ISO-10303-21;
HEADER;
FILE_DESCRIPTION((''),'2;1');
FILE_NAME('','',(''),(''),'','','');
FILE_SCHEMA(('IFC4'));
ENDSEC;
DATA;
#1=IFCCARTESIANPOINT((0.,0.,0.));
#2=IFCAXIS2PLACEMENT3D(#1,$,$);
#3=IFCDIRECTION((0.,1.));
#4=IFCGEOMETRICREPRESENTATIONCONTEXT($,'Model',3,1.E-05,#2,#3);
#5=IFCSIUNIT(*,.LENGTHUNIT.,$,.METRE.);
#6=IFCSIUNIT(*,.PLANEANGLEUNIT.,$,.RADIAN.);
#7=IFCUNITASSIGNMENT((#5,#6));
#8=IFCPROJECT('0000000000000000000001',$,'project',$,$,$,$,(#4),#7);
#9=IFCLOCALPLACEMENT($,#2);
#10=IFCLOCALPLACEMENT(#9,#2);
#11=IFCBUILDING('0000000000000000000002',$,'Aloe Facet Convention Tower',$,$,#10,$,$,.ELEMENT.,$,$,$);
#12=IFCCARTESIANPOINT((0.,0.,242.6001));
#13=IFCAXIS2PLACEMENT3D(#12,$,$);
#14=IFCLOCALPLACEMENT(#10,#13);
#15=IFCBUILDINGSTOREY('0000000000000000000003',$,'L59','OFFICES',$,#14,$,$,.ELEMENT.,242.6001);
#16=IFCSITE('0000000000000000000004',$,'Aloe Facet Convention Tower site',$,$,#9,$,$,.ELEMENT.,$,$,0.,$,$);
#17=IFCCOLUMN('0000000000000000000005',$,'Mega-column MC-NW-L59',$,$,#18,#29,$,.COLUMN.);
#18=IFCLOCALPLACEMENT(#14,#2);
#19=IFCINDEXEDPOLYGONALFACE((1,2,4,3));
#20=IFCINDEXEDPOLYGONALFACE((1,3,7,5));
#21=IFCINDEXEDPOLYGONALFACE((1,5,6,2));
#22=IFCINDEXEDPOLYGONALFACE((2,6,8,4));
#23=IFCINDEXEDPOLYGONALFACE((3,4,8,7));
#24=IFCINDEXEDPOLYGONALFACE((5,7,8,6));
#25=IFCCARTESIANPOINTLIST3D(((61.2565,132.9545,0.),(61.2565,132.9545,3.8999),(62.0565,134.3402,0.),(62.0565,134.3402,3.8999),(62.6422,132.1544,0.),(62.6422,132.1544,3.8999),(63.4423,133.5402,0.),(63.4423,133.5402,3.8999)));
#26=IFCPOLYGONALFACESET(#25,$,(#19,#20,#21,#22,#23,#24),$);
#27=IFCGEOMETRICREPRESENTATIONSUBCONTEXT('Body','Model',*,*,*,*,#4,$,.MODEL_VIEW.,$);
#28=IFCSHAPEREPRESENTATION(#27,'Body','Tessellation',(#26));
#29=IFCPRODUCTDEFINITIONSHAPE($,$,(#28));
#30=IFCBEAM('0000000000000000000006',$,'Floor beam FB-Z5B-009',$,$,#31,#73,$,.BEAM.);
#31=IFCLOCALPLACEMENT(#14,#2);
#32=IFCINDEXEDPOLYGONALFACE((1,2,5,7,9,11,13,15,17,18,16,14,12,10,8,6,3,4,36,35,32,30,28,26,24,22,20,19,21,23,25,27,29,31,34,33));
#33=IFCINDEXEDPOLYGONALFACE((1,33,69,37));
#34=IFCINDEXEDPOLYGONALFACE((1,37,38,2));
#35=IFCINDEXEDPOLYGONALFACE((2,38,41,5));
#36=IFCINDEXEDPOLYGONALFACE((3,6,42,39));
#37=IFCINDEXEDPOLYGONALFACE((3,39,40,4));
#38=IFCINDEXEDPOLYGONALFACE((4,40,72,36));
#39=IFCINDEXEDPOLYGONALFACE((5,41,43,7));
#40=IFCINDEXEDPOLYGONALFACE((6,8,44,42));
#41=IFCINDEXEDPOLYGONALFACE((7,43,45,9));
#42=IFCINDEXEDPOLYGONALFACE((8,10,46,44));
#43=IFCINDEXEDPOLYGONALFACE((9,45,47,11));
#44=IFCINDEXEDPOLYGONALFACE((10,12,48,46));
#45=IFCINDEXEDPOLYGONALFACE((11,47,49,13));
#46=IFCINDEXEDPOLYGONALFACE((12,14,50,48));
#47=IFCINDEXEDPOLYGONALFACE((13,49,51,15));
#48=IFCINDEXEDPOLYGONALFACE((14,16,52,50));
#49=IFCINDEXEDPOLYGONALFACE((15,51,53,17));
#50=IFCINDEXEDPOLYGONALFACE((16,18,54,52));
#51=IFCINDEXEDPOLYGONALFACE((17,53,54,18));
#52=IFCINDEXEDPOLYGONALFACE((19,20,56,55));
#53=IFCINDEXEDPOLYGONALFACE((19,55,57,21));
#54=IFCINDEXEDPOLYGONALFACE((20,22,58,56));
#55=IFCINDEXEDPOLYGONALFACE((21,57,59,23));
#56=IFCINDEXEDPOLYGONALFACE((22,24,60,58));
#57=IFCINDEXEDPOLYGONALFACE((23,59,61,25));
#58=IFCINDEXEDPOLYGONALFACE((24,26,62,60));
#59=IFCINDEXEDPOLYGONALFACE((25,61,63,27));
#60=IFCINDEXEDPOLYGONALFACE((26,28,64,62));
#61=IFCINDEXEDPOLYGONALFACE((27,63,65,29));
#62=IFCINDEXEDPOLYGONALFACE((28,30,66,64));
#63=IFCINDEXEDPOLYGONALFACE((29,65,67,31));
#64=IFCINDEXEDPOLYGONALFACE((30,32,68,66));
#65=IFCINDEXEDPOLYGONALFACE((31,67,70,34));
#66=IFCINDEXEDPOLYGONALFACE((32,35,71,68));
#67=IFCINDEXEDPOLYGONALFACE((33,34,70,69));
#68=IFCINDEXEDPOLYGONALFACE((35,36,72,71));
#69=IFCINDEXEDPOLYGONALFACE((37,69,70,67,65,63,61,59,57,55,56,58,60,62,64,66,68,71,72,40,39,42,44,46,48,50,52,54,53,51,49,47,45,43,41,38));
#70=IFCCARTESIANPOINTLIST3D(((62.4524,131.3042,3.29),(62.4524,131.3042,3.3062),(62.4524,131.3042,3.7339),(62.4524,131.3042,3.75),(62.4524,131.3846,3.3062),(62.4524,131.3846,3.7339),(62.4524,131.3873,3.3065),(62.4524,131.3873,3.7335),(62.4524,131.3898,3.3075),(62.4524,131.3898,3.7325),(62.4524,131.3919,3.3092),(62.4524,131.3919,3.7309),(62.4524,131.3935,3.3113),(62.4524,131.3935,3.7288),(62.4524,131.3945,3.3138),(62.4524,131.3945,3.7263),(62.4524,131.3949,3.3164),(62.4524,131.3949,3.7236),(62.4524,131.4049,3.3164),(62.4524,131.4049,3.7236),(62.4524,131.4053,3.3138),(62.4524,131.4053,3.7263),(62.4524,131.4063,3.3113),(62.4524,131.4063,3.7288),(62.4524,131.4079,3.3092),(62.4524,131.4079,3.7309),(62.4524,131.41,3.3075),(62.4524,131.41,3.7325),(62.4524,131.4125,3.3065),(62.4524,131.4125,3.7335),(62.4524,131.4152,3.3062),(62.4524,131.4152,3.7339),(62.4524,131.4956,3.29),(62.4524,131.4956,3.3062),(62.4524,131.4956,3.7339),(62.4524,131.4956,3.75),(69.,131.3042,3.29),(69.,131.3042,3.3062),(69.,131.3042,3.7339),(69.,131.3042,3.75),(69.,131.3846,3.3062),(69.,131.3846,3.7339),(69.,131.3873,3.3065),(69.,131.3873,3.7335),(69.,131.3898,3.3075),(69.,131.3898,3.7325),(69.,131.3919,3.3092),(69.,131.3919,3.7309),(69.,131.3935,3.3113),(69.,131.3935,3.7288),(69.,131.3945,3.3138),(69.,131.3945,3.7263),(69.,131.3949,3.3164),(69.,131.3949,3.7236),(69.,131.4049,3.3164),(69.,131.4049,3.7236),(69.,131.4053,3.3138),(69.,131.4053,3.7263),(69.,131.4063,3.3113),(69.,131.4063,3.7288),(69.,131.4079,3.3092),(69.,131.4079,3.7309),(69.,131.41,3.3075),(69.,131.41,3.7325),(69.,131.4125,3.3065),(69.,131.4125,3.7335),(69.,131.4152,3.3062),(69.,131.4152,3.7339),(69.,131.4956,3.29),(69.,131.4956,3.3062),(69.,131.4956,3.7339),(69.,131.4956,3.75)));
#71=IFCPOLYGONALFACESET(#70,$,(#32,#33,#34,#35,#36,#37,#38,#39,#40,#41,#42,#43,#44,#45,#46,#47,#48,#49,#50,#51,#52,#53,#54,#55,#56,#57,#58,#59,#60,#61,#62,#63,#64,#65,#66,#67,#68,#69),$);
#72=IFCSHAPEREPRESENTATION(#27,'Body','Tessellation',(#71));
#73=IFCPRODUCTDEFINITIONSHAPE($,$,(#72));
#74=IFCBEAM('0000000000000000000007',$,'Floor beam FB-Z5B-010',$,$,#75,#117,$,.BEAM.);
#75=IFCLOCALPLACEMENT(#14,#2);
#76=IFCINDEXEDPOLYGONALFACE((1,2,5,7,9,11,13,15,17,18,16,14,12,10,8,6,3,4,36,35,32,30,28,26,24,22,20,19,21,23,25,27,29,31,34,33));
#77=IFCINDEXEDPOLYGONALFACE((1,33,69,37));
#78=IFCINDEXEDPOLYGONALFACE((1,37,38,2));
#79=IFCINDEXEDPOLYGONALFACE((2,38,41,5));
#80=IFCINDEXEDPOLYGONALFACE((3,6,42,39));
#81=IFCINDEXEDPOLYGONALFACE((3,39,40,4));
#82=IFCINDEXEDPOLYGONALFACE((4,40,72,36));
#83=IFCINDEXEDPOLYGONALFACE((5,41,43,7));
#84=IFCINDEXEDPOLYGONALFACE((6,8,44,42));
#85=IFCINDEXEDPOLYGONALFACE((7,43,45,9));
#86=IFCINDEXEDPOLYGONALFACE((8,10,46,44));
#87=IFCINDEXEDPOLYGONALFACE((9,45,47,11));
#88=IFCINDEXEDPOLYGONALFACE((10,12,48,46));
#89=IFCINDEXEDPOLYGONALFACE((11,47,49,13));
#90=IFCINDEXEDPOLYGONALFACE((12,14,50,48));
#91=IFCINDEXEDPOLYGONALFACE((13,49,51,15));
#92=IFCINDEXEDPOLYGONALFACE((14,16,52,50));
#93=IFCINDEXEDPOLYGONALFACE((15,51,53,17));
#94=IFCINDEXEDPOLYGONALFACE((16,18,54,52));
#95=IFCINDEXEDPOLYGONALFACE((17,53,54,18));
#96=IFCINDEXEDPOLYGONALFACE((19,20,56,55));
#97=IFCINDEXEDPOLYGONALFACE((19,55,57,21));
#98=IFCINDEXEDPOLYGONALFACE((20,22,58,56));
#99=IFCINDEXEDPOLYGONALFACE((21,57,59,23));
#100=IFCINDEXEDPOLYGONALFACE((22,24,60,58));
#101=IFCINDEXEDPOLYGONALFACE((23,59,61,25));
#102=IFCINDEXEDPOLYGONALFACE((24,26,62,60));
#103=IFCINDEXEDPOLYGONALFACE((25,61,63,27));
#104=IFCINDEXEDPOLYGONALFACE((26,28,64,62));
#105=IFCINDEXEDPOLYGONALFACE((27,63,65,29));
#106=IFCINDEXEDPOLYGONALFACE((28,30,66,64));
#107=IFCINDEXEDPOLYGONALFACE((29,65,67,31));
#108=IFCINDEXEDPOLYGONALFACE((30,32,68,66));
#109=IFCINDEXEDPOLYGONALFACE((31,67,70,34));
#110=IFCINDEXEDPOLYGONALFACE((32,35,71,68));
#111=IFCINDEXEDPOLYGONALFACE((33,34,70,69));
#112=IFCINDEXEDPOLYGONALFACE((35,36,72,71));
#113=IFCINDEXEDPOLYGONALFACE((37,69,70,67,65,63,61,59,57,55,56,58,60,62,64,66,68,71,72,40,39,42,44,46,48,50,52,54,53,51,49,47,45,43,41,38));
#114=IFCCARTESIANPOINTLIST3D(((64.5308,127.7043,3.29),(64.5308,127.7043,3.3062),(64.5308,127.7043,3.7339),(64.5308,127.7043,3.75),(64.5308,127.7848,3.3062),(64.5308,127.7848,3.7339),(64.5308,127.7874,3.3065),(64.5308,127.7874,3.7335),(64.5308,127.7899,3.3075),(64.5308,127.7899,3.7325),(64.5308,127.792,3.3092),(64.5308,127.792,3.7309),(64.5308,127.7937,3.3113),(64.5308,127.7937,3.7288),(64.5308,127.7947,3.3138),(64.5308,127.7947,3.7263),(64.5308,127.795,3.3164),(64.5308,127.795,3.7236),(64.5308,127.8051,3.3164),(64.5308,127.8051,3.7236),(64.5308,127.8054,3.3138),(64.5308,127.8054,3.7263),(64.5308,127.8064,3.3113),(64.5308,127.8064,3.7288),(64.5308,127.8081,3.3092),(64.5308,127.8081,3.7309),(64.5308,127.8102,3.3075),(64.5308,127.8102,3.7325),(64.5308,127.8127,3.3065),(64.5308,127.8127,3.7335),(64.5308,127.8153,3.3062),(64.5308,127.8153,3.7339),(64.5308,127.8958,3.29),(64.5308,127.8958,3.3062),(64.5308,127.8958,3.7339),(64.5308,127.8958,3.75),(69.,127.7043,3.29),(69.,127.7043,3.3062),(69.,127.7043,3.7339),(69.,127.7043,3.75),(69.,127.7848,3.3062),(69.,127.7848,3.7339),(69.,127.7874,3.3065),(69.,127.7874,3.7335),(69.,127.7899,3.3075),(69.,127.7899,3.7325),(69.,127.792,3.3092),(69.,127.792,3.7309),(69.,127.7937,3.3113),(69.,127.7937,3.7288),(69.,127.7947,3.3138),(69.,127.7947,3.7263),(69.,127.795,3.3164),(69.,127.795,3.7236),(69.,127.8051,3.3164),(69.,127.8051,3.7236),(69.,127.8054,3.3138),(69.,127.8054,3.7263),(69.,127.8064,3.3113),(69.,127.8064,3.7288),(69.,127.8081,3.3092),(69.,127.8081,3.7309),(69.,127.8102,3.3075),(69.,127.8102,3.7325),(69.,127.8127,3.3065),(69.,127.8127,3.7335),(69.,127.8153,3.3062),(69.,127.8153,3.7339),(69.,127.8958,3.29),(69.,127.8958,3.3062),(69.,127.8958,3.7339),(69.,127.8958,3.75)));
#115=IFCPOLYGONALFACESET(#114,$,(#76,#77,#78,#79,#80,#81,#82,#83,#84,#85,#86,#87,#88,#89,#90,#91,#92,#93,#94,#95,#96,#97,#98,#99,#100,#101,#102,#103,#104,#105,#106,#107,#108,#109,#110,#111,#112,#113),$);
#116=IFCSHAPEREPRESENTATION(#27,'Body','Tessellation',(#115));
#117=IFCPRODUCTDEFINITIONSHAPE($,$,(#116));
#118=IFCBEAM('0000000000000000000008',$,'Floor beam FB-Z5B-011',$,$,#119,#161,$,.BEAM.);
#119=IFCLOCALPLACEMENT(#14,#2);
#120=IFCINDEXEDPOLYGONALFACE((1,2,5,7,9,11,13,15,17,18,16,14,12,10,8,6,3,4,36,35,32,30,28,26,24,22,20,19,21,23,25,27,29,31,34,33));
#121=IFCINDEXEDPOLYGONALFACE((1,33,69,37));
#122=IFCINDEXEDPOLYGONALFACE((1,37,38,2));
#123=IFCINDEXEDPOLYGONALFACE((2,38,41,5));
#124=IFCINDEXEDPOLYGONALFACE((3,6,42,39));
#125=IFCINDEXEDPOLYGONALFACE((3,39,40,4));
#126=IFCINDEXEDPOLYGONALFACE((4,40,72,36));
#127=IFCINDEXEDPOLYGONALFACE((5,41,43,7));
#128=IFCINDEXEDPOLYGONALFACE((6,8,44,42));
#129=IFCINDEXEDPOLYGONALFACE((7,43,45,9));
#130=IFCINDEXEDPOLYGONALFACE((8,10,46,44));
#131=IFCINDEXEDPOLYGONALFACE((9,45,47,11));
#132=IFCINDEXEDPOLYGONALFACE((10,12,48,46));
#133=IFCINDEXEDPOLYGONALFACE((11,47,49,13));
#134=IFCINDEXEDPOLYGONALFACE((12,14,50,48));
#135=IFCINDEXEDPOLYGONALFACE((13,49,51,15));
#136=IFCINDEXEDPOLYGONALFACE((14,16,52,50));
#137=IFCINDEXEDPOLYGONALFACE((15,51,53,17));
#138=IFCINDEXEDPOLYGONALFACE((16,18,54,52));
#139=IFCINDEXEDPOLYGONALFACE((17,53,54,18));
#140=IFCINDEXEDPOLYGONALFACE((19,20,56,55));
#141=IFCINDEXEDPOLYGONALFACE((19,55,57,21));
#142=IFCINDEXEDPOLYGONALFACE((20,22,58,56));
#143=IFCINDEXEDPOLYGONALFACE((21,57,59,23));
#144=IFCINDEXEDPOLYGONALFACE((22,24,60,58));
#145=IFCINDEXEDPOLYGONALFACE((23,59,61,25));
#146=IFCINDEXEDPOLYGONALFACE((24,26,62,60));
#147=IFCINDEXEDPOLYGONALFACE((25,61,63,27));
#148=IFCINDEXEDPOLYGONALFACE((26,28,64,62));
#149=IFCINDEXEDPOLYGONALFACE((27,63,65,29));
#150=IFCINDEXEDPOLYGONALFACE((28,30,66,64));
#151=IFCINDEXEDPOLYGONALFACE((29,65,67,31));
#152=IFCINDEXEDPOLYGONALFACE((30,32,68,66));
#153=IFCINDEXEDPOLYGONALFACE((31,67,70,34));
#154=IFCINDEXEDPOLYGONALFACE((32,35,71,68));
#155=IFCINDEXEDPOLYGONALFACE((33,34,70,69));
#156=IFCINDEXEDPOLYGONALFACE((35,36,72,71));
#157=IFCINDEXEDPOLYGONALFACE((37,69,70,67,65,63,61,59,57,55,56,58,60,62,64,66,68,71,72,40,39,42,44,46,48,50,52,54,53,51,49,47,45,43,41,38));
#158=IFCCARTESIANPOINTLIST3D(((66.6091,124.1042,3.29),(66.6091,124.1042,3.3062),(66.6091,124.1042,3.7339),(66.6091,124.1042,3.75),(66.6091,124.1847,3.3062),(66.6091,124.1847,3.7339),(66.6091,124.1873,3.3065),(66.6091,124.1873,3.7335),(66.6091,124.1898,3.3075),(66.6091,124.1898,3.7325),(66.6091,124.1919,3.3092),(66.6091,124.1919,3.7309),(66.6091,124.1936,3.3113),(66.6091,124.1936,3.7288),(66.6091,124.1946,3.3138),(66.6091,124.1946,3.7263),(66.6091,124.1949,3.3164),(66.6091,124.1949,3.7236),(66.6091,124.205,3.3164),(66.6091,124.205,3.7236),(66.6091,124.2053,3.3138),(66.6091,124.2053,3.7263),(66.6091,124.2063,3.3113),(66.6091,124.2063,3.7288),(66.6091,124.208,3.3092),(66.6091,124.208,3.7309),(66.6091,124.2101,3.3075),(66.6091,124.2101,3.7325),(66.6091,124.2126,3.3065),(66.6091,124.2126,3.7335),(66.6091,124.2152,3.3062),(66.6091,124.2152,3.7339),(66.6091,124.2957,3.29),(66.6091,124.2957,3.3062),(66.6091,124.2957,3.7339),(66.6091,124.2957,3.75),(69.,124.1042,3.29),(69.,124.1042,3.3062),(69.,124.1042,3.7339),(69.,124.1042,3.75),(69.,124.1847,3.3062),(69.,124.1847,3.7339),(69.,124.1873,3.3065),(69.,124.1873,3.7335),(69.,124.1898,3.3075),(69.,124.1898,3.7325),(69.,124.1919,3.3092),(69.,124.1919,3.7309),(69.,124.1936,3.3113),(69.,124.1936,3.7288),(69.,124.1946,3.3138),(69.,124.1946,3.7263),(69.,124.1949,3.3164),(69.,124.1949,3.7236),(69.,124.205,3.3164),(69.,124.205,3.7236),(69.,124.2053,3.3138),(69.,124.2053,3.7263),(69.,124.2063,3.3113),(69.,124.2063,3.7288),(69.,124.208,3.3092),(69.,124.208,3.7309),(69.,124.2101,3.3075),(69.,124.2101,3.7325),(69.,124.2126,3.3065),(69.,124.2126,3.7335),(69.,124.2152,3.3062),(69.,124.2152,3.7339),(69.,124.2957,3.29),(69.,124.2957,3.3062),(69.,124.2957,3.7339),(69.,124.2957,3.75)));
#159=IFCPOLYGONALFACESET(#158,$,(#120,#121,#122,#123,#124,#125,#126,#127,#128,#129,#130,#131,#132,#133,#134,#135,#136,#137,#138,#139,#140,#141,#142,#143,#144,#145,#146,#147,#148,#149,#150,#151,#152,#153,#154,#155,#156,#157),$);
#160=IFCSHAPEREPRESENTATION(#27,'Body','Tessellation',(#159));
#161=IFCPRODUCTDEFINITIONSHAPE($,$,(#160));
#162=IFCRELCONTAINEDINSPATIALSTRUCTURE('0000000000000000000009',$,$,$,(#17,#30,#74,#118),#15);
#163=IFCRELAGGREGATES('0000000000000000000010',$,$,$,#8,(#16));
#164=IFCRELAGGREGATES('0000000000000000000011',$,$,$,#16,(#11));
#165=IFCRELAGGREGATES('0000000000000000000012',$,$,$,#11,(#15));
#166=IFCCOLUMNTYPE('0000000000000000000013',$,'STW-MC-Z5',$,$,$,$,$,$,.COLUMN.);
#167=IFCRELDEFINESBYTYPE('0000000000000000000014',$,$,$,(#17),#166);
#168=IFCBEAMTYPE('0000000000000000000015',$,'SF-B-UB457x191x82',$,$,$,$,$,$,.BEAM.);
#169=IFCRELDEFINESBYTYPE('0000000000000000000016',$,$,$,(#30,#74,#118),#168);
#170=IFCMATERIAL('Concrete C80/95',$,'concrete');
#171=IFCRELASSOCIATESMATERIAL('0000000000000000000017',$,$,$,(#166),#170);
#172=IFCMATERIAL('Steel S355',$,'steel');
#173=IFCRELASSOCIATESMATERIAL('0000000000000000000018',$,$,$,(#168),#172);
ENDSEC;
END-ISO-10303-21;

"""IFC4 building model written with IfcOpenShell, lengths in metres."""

from ifc_helpers import new_model, si_unit, direction, frame, origin, origin_2d, place, context, subcontext, project, spatial, rectangle, i_section, extrude, material, material_profile, profile_set, type_object, element, save


model = new_model("IFC4")

# Units and contexts
model_context = context("Model", 3, precision=1e-05, world=origin(), true_north=direction((0.0, 1.0)))
body_context = subcontext(model_context, "Body", "Model", "MODEL_VIEW")
ifc_project = project(units=[si_unit("LENGTHUNIT", "METRE"), si_unit("PLANEANGLEUNIT", "RADIAN")], contexts=[model_context])

# Site, building, storey
site_placement = place(None, origin())
site = spatial("IfcSite", under=ifc_project, at=site_placement, Name="Aloe Facet Convention Tower site", CompositionType="ELEMENT", RefElevation=0.0)
building_placement = place(site_placement, origin())
building = spatial("IfcBuilding", under=site, at=building_placement, Name="Aloe Facet Convention Tower", CompositionType="ELEMENT")
storey_placement = place(building_placement, frame((0.0, 0.0, 242.6001)))
storey = spatial("IfcBuildingStorey", under=building, at=storey_placement, Name="L59", Description="OFFICES", CompositionType="ELEMENT", Elevation=242.6001)

# Column
ifc_material_1 = material(Name="Concrete C80/95", Category="concrete")
ifc_material_profile_1 = material_profile(ifc_material_1, rectangle(XDim=1.6001, YDim=1.6001, at=origin_2d()), Name="STW-MC-Z5")
ifc_profile_set_1 = profile_set([ifc_material_profile_1], Name="Concrete C80/95")
column_type = type_object("IfcColumnType", Name="STW-MC-Z5", PredefinedType="COLUMN", material=ifc_profile_set_1)
column_placement = place(storey_placement, frame((62.3494, 133.2473, 0.0), z_axis=(0.0, 0.0, 1.0), x_axis=(-0.5, -0.866025, 0.0)))
element("IfcColumn", 1, at=column_placement, inside=storey, type_object=column_type, Name="Mega-column MC-NW-L59", PredefinedType="COLUMN", context=body_context, shape_type="SweptSolid", body=[
    extrude(rectangle(XDim=1.6001, YDim=1.6001, at=origin_2d()), origin(), (0.0, 0.0, 1.0), 3.8999),
])

# Beams
ifc_material_2 = material(Name="Steel S355", Category="steel")
ifc_material_profile_2 = material_profile(ifc_material_2, i_section(OverallWidth=0.1914, OverallDepth=0.46, WebThickness=0.01, FlangeThickness=0.0161, FilletRadius=0.0103, at=origin_2d()), Name="UB 457x191x82")
ifc_profile_set_2 = profile_set([ifc_material_profile_2], Name="Steel S355")
beam_type_1 = type_object("IfcBeamType", Name="SF-B-UB457x191x82", PredefinedType="BEAM", material=ifc_profile_set_2)
beam_1_placement = place(storey_placement, frame((62.4524, 131.3999, 3.52), z_axis=(1.0, 0.0, 0.0), x_axis=(0.0, 1.0, 0.0)))
element("IfcBeam", 2, at=beam_1_placement, inside=storey, type_object=beam_type_1, Name="Floor beam FB-Z5B-009", PredefinedType="BEAM", context=body_context, shape_type="SweptSolid", body=[
    extrude(i_section(OverallWidth=0.1914, OverallDepth=0.46, WebThickness=0.01, FlangeThickness=0.0161, FilletRadius=0.0103, at=origin_2d()), origin(), (0.0, 0.0, 1.0), 6.5476),
])
beam_2_placement = place(storey_placement, frame((64.5308, 127.8, 3.52), z_axis=(1.0, 0.0, 0.0), x_axis=(0.0, 1.0, 0.0)))
element("IfcBeam", 3, at=beam_2_placement, inside=storey, type_object=beam_type_1, Name="Floor beam FB-Z5B-010", PredefinedType="BEAM", context=body_context, shape_type="SweptSolid", body=[
    extrude(i_section(OverallWidth=0.1914, OverallDepth=0.46, WebThickness=0.01, FlangeThickness=0.0161, FilletRadius=0.0103, at=origin_2d()), origin(), (0.0, 0.0, 1.0), 4.4692),
])
beam_3_placement = place(storey_placement, frame((66.6091, 124.2, 3.52), z_axis=(1.0, 0.0, 0.0), x_axis=(0.0, 1.0, 0.0)))
element("IfcBeam", 4, at=beam_3_placement, inside=storey, type_object=beam_type_1, Name="Floor beam FB-Z5B-011", PredefinedType="BEAM", context=body_context, shape_type="SweptSolid", body=[
    extrude(i_section(OverallWidth=0.1914, OverallDepth=0.46, WebThickness=0.01, FlangeThickness=0.0161, FilletRadius=0.0103, at=origin_2d()), origin(), (0.0, 0.0, 1.0), 2.3909),
])

save(model, "model.ifc")
